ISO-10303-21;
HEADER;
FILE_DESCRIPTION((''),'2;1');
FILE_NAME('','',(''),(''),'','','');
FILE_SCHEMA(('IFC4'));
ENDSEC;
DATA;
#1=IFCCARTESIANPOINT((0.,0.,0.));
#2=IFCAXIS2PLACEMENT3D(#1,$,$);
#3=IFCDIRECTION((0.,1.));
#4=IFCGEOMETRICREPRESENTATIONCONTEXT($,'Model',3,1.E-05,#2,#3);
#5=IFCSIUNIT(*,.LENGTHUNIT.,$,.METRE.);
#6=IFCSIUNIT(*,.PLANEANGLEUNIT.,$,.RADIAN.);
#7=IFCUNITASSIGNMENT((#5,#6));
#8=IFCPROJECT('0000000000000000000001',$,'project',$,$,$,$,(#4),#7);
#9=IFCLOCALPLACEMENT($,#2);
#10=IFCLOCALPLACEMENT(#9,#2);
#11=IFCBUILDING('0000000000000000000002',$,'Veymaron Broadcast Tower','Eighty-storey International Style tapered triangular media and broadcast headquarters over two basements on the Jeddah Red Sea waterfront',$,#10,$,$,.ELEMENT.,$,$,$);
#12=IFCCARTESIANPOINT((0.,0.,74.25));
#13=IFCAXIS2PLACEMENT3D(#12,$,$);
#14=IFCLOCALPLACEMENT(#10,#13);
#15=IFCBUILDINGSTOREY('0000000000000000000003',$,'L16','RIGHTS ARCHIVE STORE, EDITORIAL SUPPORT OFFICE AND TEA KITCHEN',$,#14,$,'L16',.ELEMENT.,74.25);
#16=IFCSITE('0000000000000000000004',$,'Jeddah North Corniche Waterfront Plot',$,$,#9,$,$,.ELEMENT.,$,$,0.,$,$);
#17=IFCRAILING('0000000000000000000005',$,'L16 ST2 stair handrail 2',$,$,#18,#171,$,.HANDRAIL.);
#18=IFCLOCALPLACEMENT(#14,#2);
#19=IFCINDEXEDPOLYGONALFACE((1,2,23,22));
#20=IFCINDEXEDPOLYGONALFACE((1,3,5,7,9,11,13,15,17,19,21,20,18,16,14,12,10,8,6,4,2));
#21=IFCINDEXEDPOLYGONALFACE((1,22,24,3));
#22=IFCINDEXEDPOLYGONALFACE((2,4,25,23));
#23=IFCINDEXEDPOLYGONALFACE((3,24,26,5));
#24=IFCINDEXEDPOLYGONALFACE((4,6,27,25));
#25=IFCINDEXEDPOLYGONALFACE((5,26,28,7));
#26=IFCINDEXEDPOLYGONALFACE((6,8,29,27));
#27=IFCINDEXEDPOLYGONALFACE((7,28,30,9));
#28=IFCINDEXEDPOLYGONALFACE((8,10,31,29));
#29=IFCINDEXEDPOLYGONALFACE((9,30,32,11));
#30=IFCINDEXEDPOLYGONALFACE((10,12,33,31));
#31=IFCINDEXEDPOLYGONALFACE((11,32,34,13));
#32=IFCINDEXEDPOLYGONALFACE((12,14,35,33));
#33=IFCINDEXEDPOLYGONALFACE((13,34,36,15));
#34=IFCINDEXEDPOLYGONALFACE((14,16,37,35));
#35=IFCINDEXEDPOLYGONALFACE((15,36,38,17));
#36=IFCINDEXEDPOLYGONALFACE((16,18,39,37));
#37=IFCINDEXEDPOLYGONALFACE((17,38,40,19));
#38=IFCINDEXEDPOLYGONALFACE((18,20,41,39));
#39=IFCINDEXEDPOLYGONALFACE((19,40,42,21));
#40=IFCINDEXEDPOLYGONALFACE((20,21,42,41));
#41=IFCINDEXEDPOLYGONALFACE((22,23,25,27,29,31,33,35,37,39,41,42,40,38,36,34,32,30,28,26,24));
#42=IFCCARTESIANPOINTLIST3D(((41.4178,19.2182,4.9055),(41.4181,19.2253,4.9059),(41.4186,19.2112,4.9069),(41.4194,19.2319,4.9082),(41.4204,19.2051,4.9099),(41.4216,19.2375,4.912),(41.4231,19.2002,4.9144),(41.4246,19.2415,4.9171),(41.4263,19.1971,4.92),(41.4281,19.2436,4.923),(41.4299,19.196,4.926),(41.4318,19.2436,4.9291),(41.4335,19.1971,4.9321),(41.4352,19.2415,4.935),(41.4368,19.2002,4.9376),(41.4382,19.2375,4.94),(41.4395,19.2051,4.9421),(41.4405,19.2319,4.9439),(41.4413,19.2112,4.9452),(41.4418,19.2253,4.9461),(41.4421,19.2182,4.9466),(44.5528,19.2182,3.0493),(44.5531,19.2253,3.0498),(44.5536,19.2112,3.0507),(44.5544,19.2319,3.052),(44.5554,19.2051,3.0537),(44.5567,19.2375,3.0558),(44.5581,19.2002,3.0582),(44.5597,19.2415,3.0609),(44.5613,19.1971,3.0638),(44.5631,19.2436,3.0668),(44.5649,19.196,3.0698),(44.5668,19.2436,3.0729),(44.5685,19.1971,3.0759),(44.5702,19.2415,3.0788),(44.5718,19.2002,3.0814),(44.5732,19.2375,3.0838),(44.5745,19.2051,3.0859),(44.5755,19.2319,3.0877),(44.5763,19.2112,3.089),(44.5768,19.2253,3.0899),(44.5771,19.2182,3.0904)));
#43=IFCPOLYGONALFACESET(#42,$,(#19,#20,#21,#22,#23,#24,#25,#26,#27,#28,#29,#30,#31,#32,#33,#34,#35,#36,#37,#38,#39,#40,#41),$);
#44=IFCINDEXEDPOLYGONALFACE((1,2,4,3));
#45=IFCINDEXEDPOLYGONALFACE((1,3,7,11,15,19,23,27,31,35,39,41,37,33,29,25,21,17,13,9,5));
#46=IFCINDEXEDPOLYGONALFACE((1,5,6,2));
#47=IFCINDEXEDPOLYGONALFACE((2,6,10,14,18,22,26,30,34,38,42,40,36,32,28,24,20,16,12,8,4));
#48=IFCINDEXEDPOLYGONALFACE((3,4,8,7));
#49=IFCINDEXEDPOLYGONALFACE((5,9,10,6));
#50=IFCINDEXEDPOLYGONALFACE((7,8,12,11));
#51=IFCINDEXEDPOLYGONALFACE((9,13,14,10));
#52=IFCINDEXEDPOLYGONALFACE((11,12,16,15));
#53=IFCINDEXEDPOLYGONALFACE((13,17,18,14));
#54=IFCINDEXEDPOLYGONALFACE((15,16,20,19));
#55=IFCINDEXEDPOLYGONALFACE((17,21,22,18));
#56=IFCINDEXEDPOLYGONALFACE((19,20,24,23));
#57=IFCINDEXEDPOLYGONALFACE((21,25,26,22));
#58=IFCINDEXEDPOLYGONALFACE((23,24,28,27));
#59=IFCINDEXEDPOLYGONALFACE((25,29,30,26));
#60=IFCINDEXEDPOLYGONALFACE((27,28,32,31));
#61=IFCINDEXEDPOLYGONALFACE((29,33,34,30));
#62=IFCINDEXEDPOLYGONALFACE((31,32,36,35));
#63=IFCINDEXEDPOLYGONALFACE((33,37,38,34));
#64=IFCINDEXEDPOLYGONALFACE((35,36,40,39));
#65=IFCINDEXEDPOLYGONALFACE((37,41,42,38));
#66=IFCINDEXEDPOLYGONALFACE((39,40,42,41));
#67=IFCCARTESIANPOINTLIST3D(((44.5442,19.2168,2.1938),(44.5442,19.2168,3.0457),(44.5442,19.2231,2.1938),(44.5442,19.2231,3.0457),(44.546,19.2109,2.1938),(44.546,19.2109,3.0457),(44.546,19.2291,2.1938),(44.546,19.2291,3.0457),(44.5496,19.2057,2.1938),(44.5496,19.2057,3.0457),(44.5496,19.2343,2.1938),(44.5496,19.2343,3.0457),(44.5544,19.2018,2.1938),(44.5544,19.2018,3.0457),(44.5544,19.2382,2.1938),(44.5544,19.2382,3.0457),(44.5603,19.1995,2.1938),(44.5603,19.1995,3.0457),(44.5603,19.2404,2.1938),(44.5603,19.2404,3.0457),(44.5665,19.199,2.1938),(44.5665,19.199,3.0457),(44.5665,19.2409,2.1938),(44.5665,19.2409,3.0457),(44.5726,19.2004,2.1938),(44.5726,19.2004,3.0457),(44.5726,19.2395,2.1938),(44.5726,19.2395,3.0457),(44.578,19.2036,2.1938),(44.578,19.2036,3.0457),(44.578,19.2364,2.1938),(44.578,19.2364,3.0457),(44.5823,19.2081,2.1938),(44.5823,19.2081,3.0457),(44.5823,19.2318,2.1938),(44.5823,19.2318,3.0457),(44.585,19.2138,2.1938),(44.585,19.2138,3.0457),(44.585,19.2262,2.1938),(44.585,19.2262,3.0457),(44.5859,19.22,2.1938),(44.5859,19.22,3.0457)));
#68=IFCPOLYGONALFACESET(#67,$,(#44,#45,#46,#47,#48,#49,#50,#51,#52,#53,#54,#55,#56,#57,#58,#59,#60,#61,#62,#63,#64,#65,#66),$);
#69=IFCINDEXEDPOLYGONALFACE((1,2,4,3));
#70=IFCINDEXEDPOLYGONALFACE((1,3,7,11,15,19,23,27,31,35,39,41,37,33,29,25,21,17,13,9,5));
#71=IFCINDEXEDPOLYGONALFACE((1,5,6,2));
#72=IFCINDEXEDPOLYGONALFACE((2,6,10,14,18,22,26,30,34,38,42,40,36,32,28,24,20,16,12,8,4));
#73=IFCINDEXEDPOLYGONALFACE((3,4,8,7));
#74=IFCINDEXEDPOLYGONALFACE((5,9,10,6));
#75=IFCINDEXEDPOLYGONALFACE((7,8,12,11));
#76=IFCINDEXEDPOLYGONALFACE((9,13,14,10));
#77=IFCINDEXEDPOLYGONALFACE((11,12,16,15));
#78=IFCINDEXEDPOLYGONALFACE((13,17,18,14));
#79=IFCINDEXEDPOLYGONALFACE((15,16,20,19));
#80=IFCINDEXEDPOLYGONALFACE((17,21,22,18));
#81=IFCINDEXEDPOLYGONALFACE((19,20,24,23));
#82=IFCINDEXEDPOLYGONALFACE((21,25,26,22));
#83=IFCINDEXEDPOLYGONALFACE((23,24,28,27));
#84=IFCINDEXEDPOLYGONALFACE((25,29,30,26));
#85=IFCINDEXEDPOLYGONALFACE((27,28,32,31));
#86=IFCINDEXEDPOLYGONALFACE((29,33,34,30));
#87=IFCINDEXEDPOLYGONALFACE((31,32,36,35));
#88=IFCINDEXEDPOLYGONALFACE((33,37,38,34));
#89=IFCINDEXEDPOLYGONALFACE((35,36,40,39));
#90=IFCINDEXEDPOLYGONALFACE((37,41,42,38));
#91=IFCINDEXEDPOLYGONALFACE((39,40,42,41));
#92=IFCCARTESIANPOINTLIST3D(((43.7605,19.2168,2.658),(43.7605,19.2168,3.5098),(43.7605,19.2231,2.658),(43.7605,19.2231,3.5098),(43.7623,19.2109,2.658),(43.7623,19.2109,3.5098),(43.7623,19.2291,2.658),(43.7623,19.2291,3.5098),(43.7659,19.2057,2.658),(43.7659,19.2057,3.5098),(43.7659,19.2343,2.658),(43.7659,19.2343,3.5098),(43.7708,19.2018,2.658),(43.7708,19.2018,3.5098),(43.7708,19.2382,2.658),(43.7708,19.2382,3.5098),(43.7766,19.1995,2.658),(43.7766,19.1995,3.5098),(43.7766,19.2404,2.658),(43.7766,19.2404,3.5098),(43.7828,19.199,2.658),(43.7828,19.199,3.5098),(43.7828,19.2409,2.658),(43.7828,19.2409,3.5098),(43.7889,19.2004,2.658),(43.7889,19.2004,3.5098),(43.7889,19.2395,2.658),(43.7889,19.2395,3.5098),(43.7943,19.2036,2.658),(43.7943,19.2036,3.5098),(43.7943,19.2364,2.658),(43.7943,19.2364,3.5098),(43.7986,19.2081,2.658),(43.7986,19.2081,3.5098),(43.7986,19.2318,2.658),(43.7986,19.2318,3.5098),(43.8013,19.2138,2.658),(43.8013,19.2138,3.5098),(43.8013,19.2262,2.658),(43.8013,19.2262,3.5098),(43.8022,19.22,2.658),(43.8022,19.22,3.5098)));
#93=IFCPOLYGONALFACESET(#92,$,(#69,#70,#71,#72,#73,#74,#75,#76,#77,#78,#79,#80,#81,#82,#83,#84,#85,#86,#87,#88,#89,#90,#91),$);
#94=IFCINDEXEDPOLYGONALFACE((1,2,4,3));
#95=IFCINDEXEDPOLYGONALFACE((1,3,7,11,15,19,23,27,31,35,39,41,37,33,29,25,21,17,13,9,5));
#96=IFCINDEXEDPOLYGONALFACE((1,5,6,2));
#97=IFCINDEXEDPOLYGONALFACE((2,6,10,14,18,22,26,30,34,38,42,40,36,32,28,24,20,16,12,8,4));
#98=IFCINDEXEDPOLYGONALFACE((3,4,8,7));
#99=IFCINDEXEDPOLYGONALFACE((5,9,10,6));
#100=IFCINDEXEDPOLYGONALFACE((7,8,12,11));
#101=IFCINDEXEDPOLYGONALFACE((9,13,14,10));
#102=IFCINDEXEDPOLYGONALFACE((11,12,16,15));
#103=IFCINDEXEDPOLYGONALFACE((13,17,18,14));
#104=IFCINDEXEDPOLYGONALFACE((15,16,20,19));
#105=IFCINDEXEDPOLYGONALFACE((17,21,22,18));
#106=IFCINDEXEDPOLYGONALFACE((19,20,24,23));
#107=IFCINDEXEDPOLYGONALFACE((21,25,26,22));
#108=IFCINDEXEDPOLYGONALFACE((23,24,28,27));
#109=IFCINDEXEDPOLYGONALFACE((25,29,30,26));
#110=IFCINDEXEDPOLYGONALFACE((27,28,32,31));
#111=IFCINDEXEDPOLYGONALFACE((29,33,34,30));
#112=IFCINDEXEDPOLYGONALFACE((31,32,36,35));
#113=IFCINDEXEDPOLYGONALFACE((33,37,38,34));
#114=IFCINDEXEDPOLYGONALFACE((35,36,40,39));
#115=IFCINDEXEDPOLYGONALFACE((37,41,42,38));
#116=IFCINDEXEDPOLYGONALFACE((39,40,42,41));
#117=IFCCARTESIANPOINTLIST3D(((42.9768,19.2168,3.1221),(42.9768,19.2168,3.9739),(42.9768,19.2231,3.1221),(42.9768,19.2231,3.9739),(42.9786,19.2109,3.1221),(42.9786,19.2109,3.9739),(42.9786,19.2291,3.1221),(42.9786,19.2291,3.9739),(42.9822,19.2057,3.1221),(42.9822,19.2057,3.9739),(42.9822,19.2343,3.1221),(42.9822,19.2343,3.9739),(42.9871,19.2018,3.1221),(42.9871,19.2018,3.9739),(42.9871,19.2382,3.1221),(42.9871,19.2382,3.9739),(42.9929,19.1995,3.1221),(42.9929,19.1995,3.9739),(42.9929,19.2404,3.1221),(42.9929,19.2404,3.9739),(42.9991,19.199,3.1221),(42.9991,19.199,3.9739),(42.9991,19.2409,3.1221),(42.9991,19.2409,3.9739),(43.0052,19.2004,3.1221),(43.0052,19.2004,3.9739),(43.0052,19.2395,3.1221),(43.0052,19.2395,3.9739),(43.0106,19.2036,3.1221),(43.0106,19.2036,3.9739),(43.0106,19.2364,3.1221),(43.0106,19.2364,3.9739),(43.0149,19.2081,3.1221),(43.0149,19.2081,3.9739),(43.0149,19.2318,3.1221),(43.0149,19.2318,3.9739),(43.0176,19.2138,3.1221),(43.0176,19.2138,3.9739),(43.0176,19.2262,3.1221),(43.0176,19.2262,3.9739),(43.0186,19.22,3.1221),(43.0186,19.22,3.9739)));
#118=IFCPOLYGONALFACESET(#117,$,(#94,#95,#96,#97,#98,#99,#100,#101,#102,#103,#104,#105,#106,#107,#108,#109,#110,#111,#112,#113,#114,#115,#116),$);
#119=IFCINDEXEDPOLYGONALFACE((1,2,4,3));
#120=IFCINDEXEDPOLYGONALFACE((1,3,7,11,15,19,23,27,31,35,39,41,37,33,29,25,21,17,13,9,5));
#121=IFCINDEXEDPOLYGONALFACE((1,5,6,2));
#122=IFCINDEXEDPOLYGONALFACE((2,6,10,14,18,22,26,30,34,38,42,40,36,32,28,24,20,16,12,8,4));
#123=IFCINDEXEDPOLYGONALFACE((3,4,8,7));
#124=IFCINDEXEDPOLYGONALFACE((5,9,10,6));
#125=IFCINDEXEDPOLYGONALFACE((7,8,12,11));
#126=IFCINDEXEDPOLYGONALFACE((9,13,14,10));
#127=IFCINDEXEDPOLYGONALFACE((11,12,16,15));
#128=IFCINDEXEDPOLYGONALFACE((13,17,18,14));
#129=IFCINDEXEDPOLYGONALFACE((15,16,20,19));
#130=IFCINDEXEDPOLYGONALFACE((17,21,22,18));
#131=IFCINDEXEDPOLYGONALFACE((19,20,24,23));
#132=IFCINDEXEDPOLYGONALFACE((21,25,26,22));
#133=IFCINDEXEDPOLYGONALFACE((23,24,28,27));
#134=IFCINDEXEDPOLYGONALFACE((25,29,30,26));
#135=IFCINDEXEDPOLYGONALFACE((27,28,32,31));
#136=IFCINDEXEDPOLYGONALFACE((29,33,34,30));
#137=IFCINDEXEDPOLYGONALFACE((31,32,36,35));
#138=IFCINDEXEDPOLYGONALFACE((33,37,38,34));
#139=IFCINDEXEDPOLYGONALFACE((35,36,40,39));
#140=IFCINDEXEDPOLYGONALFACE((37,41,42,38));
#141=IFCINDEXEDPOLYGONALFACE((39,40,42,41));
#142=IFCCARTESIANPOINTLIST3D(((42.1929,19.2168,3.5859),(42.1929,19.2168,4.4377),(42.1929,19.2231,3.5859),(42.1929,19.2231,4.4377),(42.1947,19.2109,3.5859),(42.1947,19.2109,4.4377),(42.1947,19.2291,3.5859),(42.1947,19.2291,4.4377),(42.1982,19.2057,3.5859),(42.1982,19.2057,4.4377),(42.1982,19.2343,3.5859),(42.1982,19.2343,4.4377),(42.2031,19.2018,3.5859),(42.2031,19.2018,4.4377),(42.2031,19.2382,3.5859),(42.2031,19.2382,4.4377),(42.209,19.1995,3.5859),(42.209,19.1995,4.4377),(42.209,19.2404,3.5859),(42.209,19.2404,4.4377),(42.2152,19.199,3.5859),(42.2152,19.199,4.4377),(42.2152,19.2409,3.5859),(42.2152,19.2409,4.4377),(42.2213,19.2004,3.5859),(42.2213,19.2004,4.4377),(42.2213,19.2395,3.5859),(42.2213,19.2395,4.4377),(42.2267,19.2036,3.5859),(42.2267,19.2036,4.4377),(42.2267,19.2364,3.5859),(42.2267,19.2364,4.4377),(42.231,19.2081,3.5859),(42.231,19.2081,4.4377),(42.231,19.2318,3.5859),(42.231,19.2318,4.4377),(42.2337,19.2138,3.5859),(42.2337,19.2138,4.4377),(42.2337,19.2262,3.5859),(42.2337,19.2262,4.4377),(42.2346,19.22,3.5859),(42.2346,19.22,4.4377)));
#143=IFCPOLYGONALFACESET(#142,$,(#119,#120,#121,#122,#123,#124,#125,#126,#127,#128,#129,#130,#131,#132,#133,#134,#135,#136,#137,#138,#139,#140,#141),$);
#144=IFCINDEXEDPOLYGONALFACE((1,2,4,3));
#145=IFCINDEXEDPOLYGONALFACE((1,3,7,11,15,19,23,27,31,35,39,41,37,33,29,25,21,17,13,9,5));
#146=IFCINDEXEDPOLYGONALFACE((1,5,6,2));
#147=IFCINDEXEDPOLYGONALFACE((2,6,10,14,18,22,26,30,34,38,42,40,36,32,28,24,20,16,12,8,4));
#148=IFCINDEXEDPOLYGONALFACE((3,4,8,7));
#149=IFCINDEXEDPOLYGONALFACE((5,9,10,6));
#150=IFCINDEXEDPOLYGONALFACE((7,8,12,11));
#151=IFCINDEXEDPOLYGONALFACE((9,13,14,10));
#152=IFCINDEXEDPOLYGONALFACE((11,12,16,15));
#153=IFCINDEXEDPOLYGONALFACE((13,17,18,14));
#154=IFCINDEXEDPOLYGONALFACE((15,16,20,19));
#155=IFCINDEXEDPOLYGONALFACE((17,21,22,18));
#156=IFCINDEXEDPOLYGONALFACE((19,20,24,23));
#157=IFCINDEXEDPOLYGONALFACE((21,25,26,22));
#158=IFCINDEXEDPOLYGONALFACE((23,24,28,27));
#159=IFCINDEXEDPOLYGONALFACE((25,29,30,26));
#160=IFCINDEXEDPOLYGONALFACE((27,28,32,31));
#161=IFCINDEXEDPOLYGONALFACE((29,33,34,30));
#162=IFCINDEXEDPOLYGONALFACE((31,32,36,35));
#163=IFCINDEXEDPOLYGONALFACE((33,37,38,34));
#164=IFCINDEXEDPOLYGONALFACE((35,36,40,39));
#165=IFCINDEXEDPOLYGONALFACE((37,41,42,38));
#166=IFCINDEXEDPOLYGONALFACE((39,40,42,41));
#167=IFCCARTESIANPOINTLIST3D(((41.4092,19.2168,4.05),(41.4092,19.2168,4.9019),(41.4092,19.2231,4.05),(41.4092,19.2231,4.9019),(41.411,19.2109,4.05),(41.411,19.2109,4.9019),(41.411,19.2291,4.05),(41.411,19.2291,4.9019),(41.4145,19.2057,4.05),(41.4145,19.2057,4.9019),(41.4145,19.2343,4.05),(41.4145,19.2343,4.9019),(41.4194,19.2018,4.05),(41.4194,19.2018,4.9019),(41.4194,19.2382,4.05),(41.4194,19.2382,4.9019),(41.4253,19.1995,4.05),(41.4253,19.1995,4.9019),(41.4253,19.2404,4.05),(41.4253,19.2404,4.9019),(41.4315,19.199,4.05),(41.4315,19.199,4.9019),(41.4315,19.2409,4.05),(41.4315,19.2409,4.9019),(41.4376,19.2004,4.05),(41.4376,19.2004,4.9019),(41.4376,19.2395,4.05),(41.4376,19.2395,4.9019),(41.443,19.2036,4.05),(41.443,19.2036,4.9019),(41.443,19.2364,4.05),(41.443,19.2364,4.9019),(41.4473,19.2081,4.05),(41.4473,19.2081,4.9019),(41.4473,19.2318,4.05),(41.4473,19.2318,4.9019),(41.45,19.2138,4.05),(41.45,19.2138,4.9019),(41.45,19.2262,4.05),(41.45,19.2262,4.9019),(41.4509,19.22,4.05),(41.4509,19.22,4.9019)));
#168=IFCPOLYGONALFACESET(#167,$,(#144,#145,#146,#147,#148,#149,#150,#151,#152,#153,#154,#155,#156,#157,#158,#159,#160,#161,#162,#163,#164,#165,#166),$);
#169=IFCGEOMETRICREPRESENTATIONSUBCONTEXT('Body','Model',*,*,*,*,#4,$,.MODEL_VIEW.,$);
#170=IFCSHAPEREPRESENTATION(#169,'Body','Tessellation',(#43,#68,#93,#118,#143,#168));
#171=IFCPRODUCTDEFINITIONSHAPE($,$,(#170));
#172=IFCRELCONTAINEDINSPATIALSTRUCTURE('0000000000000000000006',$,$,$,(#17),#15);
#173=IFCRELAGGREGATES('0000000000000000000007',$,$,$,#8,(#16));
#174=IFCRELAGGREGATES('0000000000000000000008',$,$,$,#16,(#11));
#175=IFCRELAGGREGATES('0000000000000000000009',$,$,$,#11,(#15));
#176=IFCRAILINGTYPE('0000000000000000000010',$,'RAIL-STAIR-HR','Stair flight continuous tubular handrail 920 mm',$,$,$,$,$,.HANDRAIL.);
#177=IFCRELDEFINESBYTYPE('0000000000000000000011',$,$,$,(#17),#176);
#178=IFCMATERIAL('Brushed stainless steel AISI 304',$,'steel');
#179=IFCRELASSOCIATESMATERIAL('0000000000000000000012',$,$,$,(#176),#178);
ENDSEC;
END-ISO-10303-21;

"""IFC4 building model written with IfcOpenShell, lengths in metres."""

from ifc_helpers import new_model, si_unit, direction, frame, origin, origin_2d, place, context, subcontext, project, spatial, circle, extrude, material, type_object, element, save


model = new_model("IFC4")

# Units and contexts
model_context = context("Model", 3, precision=1e-05, world=origin(), true_north=direction((0.0, 1.0)))
body_context = subcontext(model_context, "Body", "Model", "MODEL_VIEW")
ifc_project = project(units=[si_unit("LENGTHUNIT", "METRE"), si_unit("PLANEANGLEUNIT", "RADIAN")], contexts=[model_context])

# Site, building, storey
site_placement = place(None, origin())
site = spatial("IfcSite", under=ifc_project, at=site_placement, Name="Jeddah North Corniche Waterfront Plot", CompositionType="ELEMENT", RefElevation=0.0)
building_placement = place(site_placement, origin())
building = spatial("IfcBuilding", under=site, at=building_placement, Name="Veymaron Broadcast Tower", Description="Eighty-storey International Style tapered triangular media and broadcast headquarters over two basements on the Jeddah Red Sea waterfront", CompositionType="ELEMENT")
storey_placement = place(building_placement, frame((0.0, 0.0, 74.25)))
storey = spatial("IfcBuildingStorey", under=building, at=storey_placement, Name="L16", Description="RIGHTS ARCHIVE STORE, EDITORIAL SUPPORT OFFICE AND TEA KITCHEN", LongName="L16", CompositionType="ELEMENT", Elevation=74.25)

# Railing
ifc_material_1 = material(Name="Brushed stainless steel AISI 304", Category="steel")
railing_type_1 = type_object("IfcRailingType", Name="RAIL-STAIR-HR", Description="Stair flight continuous tubular handrail 920 mm", PredefinedType="HANDRAIL", material=ifc_material_1)
railing_1_placement = place(storey_placement, frame((44.5649, 19.22, 2.1938)))
element("IfcRailing", 1, at=railing_1_placement, inside=storey, type_object=railing_type_1, Name="L16 ST2 stair handrail 2", PredefinedType="HANDRAIL", context=body_context, shape_type="SweptSolid", body=[
    extrude(circle(Radius=0.0239, at=origin_2d()), frame((0.0, 0.0, 0.876), z_axis=(-0.860482, 0.0, 0.509481), x_axis=(0.0, -1.0, 0.0)), (0.0, 0.0, 1.0), 3.6433),
    extrude(circle(Radius=0.021, at=origin_2d()), origin(), (0.0, 0.0, 1.0), 0.8518),
    extrude(circle(Radius=0.021, at=origin_2d()), frame((-0.7837, 0.0, 0.4641)), (0.0, 0.0, 1.0), 0.8518),
    extrude(circle(Radius=0.021, at=origin_2d()), frame((-1.5674, 0.0, 0.9282)), (0.0, 0.0, 1.0), 0.8518),
    extrude(circle(Radius=0.021, at=origin_2d()), frame((-2.3513, 0.0, 1.3921)), (0.0, 0.0, 1.0), 0.8518),
    extrude(circle(Radius=0.021, at=origin_2d()), frame((-3.135, 0.0, 1.8562)), (0.0, 0.0, 1.0), 0.8518),
])

save(model, "model.ifc")
